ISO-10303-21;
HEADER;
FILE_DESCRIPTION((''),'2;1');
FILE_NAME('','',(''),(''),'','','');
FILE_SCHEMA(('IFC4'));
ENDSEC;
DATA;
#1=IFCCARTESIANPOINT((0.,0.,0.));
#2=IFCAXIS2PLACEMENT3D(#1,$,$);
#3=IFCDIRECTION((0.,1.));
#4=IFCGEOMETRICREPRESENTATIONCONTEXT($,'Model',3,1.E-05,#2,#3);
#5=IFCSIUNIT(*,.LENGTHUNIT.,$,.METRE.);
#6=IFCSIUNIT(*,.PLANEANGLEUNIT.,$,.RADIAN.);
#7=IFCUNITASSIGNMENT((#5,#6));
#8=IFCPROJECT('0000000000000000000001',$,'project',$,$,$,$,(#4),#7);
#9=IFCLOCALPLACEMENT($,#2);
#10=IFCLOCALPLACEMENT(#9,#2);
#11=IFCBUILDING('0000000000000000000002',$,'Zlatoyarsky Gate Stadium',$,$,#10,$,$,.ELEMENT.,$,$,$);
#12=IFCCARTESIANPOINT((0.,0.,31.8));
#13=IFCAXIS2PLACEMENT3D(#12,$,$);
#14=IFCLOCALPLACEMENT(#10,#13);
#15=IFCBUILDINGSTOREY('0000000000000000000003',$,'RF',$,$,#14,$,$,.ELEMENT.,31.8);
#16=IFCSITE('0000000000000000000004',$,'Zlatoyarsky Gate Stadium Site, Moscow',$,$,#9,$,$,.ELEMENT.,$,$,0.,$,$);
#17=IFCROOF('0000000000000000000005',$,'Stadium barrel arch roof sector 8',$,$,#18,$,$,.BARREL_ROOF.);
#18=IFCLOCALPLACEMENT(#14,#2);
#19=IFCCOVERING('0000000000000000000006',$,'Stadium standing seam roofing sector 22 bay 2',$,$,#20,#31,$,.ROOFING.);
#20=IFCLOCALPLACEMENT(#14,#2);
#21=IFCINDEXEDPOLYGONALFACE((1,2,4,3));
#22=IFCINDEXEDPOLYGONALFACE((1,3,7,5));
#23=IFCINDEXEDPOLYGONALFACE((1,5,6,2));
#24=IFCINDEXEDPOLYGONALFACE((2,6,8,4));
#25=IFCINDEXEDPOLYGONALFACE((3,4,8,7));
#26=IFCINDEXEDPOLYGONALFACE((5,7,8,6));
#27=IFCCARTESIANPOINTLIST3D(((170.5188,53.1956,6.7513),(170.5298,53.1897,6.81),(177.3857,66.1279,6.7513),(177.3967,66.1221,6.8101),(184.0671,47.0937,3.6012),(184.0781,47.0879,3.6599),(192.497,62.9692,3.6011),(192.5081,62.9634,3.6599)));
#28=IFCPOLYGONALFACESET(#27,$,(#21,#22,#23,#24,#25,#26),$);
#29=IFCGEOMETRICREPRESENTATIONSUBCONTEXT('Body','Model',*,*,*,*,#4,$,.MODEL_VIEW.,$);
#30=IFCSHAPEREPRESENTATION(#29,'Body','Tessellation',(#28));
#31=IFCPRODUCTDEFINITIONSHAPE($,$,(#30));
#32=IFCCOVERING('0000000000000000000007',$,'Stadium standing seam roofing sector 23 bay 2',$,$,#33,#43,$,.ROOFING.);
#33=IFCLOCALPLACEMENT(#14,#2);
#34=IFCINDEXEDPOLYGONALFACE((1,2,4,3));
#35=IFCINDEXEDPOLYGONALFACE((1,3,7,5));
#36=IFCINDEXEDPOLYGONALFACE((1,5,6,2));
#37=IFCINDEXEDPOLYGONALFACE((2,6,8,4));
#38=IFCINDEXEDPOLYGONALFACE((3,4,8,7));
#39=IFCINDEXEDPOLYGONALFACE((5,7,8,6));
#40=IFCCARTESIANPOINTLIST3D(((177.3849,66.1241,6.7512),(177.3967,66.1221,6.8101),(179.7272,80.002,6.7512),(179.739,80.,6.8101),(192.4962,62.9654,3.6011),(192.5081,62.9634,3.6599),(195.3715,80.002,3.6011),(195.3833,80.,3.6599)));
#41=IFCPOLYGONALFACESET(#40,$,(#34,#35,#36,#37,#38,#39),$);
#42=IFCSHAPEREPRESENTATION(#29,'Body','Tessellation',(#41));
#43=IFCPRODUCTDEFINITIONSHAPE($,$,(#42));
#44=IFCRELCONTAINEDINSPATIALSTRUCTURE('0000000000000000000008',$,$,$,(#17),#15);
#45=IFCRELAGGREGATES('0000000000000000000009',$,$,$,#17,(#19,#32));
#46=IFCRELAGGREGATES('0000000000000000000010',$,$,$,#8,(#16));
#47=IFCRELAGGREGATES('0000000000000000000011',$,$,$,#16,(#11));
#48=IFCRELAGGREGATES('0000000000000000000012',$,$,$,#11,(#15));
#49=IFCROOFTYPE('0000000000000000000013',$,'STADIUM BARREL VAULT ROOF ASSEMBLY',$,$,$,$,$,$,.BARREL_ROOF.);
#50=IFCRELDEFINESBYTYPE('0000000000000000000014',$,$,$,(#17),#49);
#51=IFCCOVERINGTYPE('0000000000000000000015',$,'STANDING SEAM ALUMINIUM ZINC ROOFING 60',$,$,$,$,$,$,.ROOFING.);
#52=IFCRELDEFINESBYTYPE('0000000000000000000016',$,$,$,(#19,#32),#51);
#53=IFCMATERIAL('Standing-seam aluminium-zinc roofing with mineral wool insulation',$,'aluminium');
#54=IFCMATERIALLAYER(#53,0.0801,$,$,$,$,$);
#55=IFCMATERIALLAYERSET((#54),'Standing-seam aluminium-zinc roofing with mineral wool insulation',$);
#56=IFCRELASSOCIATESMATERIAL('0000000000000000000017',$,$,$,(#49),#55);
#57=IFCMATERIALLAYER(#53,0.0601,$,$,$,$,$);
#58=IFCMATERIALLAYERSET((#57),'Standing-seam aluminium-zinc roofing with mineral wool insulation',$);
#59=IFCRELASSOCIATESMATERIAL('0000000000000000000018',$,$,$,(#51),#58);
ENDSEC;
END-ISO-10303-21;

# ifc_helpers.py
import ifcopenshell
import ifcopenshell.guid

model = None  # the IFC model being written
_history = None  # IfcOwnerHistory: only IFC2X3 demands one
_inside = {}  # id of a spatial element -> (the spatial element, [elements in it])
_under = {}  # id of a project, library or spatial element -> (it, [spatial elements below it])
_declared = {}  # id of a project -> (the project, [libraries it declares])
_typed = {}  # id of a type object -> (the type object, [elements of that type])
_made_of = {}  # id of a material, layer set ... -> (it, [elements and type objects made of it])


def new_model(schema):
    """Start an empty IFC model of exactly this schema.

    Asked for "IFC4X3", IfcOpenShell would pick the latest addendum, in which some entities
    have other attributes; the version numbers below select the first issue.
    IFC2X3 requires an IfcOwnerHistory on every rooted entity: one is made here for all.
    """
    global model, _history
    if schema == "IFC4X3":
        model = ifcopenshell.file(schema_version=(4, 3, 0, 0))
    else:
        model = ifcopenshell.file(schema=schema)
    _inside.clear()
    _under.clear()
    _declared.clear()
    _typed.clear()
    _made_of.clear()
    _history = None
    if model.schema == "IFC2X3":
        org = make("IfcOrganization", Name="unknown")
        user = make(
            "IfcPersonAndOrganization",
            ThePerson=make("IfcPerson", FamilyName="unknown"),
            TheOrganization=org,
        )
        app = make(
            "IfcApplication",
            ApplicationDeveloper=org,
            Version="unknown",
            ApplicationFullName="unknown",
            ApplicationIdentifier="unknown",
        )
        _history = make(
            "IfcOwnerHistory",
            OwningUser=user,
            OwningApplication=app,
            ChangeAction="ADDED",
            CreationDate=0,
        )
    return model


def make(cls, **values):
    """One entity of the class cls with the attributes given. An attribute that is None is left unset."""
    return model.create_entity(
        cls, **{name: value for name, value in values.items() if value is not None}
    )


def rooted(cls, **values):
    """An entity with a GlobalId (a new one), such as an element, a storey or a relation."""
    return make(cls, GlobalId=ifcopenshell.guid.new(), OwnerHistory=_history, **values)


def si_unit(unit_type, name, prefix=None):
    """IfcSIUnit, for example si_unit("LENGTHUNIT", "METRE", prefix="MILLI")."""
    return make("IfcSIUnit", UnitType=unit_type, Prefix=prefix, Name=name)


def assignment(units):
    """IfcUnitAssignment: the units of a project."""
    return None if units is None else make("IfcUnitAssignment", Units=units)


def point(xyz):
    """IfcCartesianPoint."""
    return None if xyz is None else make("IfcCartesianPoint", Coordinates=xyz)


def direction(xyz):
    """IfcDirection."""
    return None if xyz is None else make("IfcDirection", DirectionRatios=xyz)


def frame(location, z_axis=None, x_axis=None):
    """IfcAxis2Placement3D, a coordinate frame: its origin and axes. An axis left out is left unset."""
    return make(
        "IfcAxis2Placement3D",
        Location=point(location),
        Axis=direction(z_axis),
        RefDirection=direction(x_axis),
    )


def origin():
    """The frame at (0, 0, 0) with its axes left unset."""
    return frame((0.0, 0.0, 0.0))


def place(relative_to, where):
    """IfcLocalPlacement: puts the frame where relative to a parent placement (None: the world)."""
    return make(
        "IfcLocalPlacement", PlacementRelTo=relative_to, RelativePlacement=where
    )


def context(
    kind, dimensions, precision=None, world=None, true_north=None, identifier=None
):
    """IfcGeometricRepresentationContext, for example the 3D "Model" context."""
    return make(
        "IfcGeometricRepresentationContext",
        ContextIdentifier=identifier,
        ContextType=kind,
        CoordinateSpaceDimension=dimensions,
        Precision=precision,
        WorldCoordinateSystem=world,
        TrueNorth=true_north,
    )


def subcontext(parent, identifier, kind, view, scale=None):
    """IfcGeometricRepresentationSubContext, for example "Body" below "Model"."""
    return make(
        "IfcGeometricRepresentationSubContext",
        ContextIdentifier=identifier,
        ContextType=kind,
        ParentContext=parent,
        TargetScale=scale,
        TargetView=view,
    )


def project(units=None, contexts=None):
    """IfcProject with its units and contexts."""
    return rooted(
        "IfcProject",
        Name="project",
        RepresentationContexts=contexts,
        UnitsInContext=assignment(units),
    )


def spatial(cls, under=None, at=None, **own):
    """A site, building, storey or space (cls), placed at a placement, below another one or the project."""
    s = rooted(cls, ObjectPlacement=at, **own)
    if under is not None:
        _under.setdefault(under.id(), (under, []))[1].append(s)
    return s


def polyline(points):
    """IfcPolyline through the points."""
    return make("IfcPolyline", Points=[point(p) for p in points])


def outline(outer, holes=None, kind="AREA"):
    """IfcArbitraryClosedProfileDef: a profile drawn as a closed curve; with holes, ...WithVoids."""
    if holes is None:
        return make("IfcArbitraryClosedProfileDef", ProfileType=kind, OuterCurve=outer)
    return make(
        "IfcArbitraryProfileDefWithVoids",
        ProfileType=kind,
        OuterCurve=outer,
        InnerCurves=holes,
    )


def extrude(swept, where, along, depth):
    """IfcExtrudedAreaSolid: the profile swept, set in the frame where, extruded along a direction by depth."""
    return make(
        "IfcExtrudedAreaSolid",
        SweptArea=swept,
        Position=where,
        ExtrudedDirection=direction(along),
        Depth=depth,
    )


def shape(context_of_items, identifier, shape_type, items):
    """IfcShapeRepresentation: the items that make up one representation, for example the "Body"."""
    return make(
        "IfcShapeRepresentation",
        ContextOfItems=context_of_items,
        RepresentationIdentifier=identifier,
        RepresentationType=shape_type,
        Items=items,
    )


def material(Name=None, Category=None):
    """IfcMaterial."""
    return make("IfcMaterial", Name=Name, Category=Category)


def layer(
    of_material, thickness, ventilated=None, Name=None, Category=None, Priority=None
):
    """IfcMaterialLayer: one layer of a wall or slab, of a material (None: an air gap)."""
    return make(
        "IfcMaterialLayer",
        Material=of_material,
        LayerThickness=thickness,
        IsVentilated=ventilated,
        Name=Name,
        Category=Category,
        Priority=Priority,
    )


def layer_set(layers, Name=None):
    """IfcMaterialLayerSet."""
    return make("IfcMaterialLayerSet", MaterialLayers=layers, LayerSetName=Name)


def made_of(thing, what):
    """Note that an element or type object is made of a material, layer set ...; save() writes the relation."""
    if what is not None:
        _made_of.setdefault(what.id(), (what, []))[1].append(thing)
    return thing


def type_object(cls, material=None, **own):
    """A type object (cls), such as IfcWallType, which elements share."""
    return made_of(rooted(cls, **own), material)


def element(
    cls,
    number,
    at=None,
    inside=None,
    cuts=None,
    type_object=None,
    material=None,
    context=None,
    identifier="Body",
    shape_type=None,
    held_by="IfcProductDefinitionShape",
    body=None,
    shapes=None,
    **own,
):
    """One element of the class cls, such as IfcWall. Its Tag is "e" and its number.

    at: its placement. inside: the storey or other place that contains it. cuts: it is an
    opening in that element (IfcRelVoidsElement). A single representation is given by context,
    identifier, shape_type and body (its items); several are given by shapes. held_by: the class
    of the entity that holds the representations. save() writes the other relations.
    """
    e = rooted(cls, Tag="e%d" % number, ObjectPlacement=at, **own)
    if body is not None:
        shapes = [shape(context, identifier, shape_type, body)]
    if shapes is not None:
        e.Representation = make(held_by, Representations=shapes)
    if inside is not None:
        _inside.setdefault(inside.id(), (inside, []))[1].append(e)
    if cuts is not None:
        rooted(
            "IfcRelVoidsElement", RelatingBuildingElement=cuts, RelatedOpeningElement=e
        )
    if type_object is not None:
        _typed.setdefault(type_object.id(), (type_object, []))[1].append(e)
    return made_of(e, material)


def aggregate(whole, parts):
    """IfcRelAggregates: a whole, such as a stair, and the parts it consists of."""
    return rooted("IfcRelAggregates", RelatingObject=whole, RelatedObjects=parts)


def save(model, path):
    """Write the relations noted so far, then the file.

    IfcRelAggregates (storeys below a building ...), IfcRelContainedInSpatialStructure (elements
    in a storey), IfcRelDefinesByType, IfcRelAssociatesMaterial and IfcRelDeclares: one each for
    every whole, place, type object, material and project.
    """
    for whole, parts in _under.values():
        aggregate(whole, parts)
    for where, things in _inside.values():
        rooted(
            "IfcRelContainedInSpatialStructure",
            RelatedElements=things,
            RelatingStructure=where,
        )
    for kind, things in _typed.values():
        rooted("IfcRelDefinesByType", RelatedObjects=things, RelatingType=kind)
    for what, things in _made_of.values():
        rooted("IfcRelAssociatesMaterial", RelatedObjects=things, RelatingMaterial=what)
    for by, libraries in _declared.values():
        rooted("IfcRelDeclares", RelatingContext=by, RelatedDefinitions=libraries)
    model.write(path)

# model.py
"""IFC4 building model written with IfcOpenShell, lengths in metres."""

from ifc_helpers import new_model, si_unit, direction, frame, origin, place, context, subcontext, project, spatial, polyline, outline, extrude, material, layer, layer_set, type_object, element, aggregate, save


model = new_model("IFC4")

# Units and contexts
model_context = context("Model", 3, precision=1e-05, world=origin(), true_north=direction((0.0, 1.0)))
body_context = subcontext(model_context, "Body", "Model", "MODEL_VIEW")
ifc_project = project(units=[si_unit("LENGTHUNIT", "METRE"), si_unit("PLANEANGLEUNIT", "RADIAN")], contexts=[model_context])

# Site, building, storey
site_placement = place(None, origin())
site = spatial("IfcSite", under=ifc_project, at=site_placement, Name="Zlatoyarsky Gate Stadium Site, Moscow", CompositionType="ELEMENT", RefElevation=0.0)
building_placement = place(site_placement, origin())
building = spatial("IfcBuilding", under=site, at=building_placement, Name="Zlatoyarsky Gate Stadium", CompositionType="ELEMENT")
storey_placement = place(building_placement, frame((0.0, 0.0, 31.8)))
storey = spatial("IfcBuildingStorey", under=building, at=storey_placement, Name="RF", CompositionType="ELEMENT", Elevation=31.8)

# Roof
ifc_material_1 = material(Name="Standing-seam aluminium-zinc roofing with mineral wool insulation", Category="aluminium")
ifc_layer_1 = layer(ifc_material_1, 0.0801)
ifc_layer_set_1 = layer_set([ifc_layer_1], Name="Standing-seam aluminium-zinc roofing with mineral wool insulation")
roof_type = type_object("IfcRoofType", Name="STADIUM BARREL VAULT ROOF ASSEMBLY", PredefinedType="BARREL_ROOF", material=ifc_layer_set_1)
roof_placement = place(storey_placement, origin())
roof = element("IfcRoof", 1, at=roof_placement, inside=storey, type_object=roof_type, Name="Stadium barrel arch roof sector 8", PredefinedType="BARREL_ROOF")

# Coverings
ifc_layer_2 = layer(ifc_material_1, 0.0601)
ifc_layer_set_2 = layer_set([ifc_layer_2], Name="Standing-seam aluminium-zinc roofing with mineral wool insulation")
covering_type = type_object("IfcCoveringType", Name="STANDING SEAM ALUMINIUM ZINC ROOFING 60", PredefinedType="ROOFING", material=ifc_layer_set_2)
covering_1_placement = place(storey_placement, frame((184.0781, 47.0879, 3.6599), z_axis=(0.183541, -0.09746, 0.978169), x_axis=(0.468985, 0.883206, -0.000001)))
covering_1 = element("IfcCovering", 2, at=covering_1_placement, type_object=covering_type, Name="Stadium standing seam roofing sector 22 bay 2", PredefinedType="ROOFING", context=body_context, shape_type="SweptSolid", body=[
    extrude(outline(polyline([(0.0, 0.0), (17.9748, 0.0), (13.6776, 15.1587), (-0.9648, 15.1586), (0.0, 0.0)])), origin(), (0.0, 0.0, -1.0), 0.0601),
])
covering_2_placement = place(storey_placement, frame((192.5081, 62.9634, 3.6599), z_axis=(0.197288, -0.033297, 0.97978), x_axis=(0.166415, 0.986056, 0.000001)))
covering_2 = element("IfcCovering", 3, at=covering_2_placement, type_object=covering_type, Name="Stadium standing seam roofing sector 23 bay 2", PredefinedType="ROOFING", context=body_context, shape_type="SweptSolid", body=[
    extrude(outline(polyline([(0.0, 0.0), (17.2775, 0.0), (14.6741, 15.7445), (0.5999, 15.7446), (0.0, 0.0)])), origin(), (0.0, 0.0, -1.0), 0.0601),
])
aggregate(roof, [covering_1, covering_2])

save(model, "model.ifc")
